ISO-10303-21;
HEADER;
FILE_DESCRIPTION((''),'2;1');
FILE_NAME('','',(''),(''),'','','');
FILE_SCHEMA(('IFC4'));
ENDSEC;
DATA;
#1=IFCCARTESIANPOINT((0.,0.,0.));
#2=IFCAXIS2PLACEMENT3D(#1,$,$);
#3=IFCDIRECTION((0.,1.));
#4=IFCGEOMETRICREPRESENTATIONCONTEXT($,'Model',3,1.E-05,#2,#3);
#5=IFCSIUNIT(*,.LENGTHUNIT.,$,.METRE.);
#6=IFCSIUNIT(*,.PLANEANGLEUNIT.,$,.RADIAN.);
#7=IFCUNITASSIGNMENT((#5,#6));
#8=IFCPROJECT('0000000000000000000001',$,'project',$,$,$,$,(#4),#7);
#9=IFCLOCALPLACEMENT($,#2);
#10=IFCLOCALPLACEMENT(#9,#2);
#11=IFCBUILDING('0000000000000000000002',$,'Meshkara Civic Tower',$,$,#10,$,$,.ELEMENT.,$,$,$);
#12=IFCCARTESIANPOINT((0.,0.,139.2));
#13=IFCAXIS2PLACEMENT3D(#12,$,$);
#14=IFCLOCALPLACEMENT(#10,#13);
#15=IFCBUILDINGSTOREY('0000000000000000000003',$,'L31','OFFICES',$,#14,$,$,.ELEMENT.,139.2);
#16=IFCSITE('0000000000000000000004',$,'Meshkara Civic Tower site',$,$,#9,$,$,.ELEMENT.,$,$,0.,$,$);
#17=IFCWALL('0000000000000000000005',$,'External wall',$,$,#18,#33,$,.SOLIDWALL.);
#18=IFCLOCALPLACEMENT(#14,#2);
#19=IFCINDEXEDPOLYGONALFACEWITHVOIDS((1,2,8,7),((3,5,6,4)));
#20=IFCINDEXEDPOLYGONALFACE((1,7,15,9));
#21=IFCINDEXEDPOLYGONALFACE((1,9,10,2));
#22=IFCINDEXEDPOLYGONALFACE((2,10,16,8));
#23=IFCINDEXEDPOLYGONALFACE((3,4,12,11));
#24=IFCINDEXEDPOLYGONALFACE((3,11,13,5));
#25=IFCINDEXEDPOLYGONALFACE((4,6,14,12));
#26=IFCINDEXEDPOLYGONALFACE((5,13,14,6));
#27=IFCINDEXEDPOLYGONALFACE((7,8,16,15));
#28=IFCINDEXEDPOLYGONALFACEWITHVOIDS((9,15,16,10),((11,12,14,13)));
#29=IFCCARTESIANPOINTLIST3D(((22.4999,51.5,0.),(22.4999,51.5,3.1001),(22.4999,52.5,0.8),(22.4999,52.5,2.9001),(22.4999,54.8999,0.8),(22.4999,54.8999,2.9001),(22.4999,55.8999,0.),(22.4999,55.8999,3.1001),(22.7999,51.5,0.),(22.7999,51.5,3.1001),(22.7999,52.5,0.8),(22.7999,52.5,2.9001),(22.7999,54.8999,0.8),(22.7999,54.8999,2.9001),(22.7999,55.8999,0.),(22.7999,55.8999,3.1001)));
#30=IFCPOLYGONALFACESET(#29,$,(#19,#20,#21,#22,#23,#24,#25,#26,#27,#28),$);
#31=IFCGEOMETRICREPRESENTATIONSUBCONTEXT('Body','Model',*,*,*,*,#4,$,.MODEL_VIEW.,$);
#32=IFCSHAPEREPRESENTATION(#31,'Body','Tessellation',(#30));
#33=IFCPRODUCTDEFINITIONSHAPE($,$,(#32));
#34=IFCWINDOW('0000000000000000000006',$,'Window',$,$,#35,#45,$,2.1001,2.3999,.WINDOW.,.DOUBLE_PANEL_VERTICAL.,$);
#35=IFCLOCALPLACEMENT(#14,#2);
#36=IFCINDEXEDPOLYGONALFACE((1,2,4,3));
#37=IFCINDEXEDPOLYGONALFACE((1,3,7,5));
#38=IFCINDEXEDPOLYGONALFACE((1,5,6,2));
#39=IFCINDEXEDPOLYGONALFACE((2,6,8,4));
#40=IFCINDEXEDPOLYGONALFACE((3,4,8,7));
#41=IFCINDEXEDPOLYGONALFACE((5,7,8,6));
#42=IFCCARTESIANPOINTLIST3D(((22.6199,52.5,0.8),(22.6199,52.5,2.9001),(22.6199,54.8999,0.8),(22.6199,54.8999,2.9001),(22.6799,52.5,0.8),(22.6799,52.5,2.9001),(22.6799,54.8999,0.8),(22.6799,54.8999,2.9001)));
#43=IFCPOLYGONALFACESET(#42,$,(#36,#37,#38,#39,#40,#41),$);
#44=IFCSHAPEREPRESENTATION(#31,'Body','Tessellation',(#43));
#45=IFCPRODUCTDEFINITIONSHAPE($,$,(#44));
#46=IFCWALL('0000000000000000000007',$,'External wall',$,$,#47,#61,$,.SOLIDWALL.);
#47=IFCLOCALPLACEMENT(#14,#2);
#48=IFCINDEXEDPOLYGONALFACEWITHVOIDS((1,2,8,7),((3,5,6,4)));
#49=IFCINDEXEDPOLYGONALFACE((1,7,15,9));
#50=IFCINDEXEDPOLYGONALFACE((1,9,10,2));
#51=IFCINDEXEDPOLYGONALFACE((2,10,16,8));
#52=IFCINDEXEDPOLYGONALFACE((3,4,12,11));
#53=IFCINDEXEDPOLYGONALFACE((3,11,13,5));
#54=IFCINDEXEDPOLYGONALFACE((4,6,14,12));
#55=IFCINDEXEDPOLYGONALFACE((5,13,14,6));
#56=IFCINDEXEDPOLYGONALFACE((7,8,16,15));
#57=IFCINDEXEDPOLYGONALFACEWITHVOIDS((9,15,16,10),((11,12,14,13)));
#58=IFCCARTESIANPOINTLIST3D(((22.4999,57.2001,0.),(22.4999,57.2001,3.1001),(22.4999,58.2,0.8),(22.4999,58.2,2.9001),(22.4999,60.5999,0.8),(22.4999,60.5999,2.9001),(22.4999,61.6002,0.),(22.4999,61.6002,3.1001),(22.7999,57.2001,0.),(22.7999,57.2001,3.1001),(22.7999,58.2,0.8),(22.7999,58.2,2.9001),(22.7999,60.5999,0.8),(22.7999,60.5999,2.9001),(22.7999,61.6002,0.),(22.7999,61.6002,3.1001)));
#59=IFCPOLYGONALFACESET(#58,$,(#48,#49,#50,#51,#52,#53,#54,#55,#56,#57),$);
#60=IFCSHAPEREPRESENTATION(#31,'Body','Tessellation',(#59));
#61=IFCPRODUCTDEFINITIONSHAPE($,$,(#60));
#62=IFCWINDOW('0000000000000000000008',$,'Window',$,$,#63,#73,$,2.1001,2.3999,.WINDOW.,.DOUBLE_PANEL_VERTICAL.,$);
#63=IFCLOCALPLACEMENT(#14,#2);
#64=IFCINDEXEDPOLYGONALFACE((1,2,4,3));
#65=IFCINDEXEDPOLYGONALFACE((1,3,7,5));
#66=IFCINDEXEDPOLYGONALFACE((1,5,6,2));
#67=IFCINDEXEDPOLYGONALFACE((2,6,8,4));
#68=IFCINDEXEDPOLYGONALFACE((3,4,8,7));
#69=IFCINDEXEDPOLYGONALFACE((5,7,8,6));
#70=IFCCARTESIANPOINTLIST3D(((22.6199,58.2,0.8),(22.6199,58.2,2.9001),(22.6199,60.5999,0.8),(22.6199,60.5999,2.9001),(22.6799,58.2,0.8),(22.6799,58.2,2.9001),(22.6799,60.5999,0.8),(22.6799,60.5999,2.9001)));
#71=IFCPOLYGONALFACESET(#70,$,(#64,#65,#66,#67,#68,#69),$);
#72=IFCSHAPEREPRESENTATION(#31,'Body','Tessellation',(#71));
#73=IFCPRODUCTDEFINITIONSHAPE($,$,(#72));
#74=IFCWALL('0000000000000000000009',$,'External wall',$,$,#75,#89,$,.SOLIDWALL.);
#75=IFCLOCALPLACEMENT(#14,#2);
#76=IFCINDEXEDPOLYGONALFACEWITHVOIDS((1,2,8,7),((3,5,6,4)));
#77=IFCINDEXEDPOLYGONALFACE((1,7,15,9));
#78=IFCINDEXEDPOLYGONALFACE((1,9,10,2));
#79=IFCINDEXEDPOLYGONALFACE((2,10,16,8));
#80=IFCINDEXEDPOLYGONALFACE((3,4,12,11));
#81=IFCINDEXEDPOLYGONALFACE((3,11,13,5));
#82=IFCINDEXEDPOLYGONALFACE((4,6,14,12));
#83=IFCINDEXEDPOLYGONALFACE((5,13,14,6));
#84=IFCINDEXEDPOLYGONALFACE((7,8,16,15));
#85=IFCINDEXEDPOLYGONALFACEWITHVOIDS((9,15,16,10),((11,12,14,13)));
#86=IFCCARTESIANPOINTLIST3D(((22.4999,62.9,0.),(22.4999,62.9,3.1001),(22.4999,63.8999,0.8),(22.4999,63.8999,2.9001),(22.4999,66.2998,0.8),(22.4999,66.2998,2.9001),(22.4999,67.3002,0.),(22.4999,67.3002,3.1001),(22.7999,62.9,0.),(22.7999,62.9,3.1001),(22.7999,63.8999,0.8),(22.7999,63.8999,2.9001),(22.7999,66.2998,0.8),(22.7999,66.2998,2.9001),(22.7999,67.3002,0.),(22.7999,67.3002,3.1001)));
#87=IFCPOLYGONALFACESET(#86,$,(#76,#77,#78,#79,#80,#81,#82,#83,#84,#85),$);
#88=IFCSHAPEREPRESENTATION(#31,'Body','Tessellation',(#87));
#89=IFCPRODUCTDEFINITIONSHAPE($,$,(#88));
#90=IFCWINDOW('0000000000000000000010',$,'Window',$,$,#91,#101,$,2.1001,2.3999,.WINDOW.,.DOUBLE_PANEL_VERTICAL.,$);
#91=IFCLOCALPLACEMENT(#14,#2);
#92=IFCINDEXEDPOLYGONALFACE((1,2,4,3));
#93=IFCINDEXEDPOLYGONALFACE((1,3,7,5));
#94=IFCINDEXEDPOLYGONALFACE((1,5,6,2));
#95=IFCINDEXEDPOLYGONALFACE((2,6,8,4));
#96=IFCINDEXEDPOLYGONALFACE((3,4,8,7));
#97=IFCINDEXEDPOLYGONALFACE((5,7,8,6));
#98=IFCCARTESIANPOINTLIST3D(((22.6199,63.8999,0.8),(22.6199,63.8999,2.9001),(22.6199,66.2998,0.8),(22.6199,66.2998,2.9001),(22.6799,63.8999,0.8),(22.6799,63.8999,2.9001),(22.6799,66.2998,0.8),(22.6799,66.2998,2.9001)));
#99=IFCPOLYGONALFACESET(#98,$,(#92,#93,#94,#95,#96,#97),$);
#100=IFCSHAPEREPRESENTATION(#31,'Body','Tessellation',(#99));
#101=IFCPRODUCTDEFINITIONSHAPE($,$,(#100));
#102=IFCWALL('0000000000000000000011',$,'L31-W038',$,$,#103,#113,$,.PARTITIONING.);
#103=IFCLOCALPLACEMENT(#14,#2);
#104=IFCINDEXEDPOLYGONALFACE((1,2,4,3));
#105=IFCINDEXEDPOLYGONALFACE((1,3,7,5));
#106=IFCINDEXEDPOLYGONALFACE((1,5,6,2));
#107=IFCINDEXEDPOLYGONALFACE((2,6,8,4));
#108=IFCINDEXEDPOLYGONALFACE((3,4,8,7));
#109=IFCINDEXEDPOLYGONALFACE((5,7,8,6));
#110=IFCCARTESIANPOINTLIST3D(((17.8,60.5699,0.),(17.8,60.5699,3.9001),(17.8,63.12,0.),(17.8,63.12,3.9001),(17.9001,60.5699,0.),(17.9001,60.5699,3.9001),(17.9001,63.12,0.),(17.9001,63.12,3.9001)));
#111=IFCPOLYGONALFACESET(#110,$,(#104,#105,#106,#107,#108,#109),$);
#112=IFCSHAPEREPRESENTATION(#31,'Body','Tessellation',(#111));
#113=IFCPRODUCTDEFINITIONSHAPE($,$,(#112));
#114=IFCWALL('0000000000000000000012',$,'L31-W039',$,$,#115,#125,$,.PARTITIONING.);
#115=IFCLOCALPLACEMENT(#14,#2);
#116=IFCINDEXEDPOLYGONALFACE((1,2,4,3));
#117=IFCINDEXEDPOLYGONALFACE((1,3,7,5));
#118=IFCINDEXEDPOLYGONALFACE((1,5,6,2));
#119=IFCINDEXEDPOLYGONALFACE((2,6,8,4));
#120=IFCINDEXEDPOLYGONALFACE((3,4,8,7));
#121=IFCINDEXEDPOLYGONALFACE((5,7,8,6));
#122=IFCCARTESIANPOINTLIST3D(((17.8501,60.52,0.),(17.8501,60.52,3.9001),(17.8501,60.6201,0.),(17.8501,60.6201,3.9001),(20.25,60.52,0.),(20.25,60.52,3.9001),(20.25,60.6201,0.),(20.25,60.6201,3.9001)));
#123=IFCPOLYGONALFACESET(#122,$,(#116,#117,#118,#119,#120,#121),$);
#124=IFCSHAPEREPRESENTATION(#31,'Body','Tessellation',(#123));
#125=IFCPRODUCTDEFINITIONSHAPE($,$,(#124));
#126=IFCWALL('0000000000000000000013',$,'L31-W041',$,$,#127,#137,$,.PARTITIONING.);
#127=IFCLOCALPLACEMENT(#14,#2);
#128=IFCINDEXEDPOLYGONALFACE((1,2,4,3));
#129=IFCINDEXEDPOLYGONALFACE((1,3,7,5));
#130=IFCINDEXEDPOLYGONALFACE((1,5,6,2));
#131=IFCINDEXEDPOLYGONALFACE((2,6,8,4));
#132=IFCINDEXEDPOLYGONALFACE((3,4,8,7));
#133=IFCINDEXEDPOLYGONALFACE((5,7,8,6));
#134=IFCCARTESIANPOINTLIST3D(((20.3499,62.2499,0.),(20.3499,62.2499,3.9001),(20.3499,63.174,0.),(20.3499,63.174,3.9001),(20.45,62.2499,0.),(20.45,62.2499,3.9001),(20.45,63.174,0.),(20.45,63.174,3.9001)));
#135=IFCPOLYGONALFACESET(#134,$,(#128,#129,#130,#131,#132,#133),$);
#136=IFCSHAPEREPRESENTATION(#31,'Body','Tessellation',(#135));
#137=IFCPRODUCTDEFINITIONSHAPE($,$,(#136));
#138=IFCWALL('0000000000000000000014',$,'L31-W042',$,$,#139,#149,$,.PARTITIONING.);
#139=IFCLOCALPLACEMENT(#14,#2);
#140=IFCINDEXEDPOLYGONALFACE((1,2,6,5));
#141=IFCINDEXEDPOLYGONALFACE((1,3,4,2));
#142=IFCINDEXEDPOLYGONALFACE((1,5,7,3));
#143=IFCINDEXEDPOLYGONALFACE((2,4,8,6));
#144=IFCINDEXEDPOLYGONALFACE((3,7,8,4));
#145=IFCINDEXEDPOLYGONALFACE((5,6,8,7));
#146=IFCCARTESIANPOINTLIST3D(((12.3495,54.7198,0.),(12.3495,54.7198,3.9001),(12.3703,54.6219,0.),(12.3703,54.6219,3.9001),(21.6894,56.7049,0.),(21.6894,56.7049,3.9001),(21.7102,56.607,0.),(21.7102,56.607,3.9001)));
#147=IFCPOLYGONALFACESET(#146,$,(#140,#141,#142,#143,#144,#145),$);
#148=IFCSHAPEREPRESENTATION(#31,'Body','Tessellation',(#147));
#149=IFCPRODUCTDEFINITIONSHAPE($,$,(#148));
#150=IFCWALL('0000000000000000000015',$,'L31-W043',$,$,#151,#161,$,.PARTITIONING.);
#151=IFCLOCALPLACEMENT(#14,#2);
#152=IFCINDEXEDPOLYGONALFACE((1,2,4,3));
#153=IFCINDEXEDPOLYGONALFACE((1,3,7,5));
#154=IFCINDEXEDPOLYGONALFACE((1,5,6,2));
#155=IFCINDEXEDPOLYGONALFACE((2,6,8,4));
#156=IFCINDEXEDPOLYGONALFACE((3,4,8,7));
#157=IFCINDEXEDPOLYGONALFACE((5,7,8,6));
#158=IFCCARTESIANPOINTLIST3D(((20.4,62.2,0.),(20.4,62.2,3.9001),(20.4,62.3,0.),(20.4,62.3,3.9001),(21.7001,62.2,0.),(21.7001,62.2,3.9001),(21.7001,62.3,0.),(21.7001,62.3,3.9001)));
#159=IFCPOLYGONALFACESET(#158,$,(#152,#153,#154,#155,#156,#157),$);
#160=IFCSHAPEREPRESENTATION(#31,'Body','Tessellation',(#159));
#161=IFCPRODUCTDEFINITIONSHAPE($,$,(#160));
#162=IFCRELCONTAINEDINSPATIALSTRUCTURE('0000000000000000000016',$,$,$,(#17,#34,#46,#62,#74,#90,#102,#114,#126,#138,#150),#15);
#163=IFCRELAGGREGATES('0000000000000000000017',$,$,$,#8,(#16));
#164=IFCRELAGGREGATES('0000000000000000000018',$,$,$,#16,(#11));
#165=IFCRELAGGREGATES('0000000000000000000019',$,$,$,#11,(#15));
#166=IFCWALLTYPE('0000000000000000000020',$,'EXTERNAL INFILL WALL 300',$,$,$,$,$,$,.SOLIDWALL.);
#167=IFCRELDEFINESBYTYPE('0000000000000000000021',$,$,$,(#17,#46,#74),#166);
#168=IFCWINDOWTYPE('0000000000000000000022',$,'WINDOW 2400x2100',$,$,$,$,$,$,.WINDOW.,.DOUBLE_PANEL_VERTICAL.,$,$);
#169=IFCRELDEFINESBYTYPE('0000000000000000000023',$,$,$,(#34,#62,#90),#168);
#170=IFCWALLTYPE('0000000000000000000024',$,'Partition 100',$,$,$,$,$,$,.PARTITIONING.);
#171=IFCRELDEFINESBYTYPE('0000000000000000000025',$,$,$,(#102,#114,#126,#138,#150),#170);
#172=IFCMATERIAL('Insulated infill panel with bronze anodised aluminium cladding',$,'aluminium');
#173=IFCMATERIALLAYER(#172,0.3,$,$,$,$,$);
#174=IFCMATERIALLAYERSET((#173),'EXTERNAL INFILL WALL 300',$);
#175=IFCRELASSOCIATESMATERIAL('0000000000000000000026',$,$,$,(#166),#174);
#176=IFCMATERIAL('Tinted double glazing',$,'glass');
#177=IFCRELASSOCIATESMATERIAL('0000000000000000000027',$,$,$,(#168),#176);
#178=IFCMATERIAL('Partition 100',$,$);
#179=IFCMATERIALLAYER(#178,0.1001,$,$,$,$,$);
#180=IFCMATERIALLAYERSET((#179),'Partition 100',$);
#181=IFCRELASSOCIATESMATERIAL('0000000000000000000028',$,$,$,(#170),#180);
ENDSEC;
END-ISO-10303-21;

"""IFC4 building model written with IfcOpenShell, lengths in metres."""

from ifc_helpers import new_model, si_unit, direction, frame, frame_2d, origin, place, context, subcontext, project, spatial, rectangle, extrude, material, layer, layer_set, type_object, element, fill, save


model = new_model("IFC4")

# Units and contexts
model_context = context("Model", 3, precision=1e-05, world=origin(), true_north=direction((0.0, 1.0)))
body_context = subcontext(model_context, "Body", "Model", "MODEL_VIEW")
ifc_project = project(units=[si_unit("LENGTHUNIT", "METRE"), si_unit("PLANEANGLEUNIT", "RADIAN")], contexts=[model_context])

# Site, building, storey
site_placement = place(None, origin())
site = spatial("IfcSite", under=ifc_project, at=site_placement, Name="Meshkara Civic Tower site", CompositionType="ELEMENT", RefElevation=0.0)
building_placement = place(site_placement, origin())
building = spatial("IfcBuilding", under=site, at=building_placement, Name="Meshkara Civic Tower", CompositionType="ELEMENT")
storey_placement = place(building_placement, frame((0.0, 0.0, 139.2)))
storey = spatial("IfcBuildingStorey", under=building, at=storey_placement, Name="L31", Description="OFFICES", CompositionType="ELEMENT", Elevation=139.2)

# Walls, openings, windows
ifc_material_1 = material(Name="Insulated infill panel with bronze anodised aluminium cladding", Category="aluminium")
ifc_layer_1 = layer(ifc_material_1, 0.3)
ifc_layer_set_1 = layer_set([ifc_layer_1], Name="EXTERNAL INFILL WALL 300")
wall_type_1 = type_object("IfcWallType", Name="EXTERNAL INFILL WALL 300", PredefinedType="SOLIDWALL", material=ifc_layer_set_1)
ifc_material_2 = material(Name="Tinted double glazing", Category="glass")
window_type = type_object("IfcWindowType", Name="WINDOW 2400x2100", PartitioningType="DOUBLE_PANEL_VERTICAL", PredefinedType="WINDOW", material=ifc_material_2)
wall_1_placement = place(storey_placement, frame((22.6499, 51.5, 0.0), z_axis=(0.0, 0.0, 1.0), x_axis=(0.0, 1.0, 0.0)))
wall_1 = element("IfcWall", 1, at=wall_1_placement, inside=storey, type_object=wall_type_1, Name="External wall", PredefinedType="SOLIDWALL", context=body_context, shape_type="SweptSolid", body=[
    extrude(rectangle(XDim=4.3999, YDim=0.3, at=frame_2d((2.2, 0.0))), origin(), (0.0, 0.0, 1.0), 3.1001),
])
opening_1_placement = place(wall_1_placement, frame((1.0, 0.0, 0.8)))
opening_1 = element("IfcOpeningElement", 2, at=opening_1_placement, cuts=wall_1, PredefinedType="OPENING", context=body_context, shape_type="SweptSolid", body=[
    extrude(rectangle(XDim=2.3999, YDim=2.1001, at=frame_2d((1.2, 1.05))), frame((0.0, 0.1599, 0.0), z_axis=(0.0, -1.0, 0.0), x_axis=(1.0, 0.0, 0.0)), (0.0, 0.0, 1.0), 0.3201),
])
window_1_placement = place(opening_1_placement, origin())
window_1 = element("IfcWindow", 3, at=window_1_placement, inside=storey, type_object=window_type, Name="Window", OverallHeight=2.1001, OverallWidth=2.3999, PartitioningType="DOUBLE_PANEL_VERTICAL", PredefinedType="WINDOW", context=body_context, shape_type="SweptSolid", body=[
    extrude(rectangle(XDim=2.3999, YDim=2.1001, at=frame_2d((1.2, 1.05))), frame((0.0, 0.03, 0.0), z_axis=(0.0, -1.0, 0.0), x_axis=(1.0, 0.0, 0.0)), (0.0, 0.0, 1.0), 0.0601),
])
fill(opening_1, window_1)
wall_2_placement = place(storey_placement, frame((22.6499, 57.2, 0.0), z_axis=(0.0, 0.0, 1.0), x_axis=(0.0, 1.0, 0.0)))
wall_2 = element("IfcWall", 4, at=wall_2_placement, inside=storey, type_object=wall_type_1, Name="External wall", PredefinedType="SOLIDWALL", context=body_context, shape_type="SweptSolid", body=[
    extrude(rectangle(XDim=4.4001, YDim=0.3, at=frame_2d((2.2002, 0.0))), origin(), (0.0, 0.0, 1.0), 3.1001),
])
opening_2_placement = place(wall_2_placement, frame((1.0, 0.0, 0.8)))
opening_2 = element("IfcOpeningElement", 5, at=opening_2_placement, cuts=wall_2, PredefinedType="OPENING", context=body_context, shape_type="SweptSolid", body=[
    extrude(rectangle(XDim=2.3999, YDim=2.1001, at=frame_2d((1.2, 1.05))), frame((0.0, 0.1599, 0.0), z_axis=(0.0, -1.0, 0.0), x_axis=(1.0, 0.0, 0.0)), (0.0, 0.0, 1.0), 0.3201),
])
window_2_placement = place(opening_2_placement, origin())
window_2 = element("IfcWindow", 6, at=window_2_placement, inside=storey, type_object=window_type, Name="Window", OverallHeight=2.1001, OverallWidth=2.3999, PartitioningType="DOUBLE_PANEL_VERTICAL", PredefinedType="WINDOW", context=body_context, shape_type="SweptSolid", body=[
    extrude(rectangle(XDim=2.3999, YDim=2.1001, at=frame_2d((1.2, 1.05))), frame((0.0, 0.03, 0.0), z_axis=(0.0, -1.0, 0.0), x_axis=(1.0, 0.0, 0.0)), (0.0, 0.0, 1.0), 0.0601),
])
fill(opening_2, window_2)
wall_3_placement = place(storey_placement, frame((22.6499, 62.8999, 0.0), z_axis=(0.0, 0.0, 1.0), x_axis=(0.0, 1.0, 0.0)))
wall_3 = element("IfcWall", 7, at=wall_3_placement, inside=storey, type_object=wall_type_1, Name="External wall", PredefinedType="SOLIDWALL", context=body_context, shape_type="SweptSolid", body=[
    extrude(rectangle(XDim=4.4001, YDim=0.3, at=frame_2d((2.2002, 0.0))), origin(), (0.0, 0.0, 1.0), 3.1001),
])
opening_3_placement = place(wall_3_placement, frame((1.0, 0.0, 0.8)))
opening_3 = element("IfcOpeningElement", 8, at=opening_3_placement, cuts=wall_3, PredefinedType="OPENING", context=body_context, shape_type="SweptSolid", body=[
    extrude(rectangle(XDim=2.3999, YDim=2.1001, at=frame_2d((1.2, 1.05))), frame((0.0, 0.1599, 0.0), z_axis=(0.0, -1.0, 0.0), x_axis=(1.0, 0.0, 0.0)), (0.0, 0.0, 1.0), 0.3201),
])
window_3_placement = place(opening_3_placement, origin())
window_3 = element("IfcWindow", 9, at=window_3_placement, inside=storey, type_object=window_type, Name="Window", OverallHeight=2.1001, OverallWidth=2.3999, PartitioningType="DOUBLE_PANEL_VERTICAL", PredefinedType="WINDOW", context=body_context, shape_type="SweptSolid", body=[
    extrude(rectangle(XDim=2.3999, YDim=2.1001, at=frame_2d((1.2, 1.05))), frame((0.0, 0.03, 0.0), z_axis=(0.0, -1.0, 0.0), x_axis=(1.0, 0.0, 0.0)), (0.0, 0.0, 1.0), 0.0601),
])
fill(opening_3, window_3)

# Walls
ifc_material_3 = material(Name="Partition 100")
ifc_layer_2 = layer(ifc_material_3, 0.1001)
ifc_layer_set_2 = layer_set([ifc_layer_2], Name="Partition 100")
wall_type_2 = type_object("IfcWallType", Name="Partition 100", PredefinedType="PARTITIONING", material=ifc_layer_set_2)
wall_4_placement = place(storey_placement, frame((17.8501, 60.5701, 0.0), z_axis=(0.0, 0.0, 1.0), x_axis=(0.0, 1.0, 0.0)))
element("IfcWall", 10, at=wall_4_placement, inside=storey, type_object=wall_type_2, Name="L31-W038", PredefinedType="PARTITIONING", context=body_context, shape_type="SweptSolid", body=[
    extrude(rectangle(XDim=2.55, YDim=0.1001, at=frame_2d((1.2749, 0.0))), origin(), (0.0, 0.0, 1.0), 3.9001),
])
wall_5_placement = place(storey_placement, frame((20.25, 60.5701, 0.0), z_axis=(0.0, 0.0, 1.0), x_axis=(-1.0, 0.0, 0.0)))
element("IfcWall", 11, at=wall_5_placement, inside=storey, type_object=wall_type_2, Name="L31-W039", PredefinedType="PARTITIONING", context=body_context, shape_type="SweptSolid", body=[
    extrude(rectangle(XDim=2.3999, YDim=0.1001, at=frame_2d((1.2, 0.0))), origin(), (0.0, 0.0, 1.0), 3.9001),
])
wall_6_placement = place(storey_placement, frame((20.3999, 62.25, 0.0), z_axis=(0.0, 0.0, 1.0), x_axis=(0.0, 1.0, 0.0)))
element("IfcWall", 12, at=wall_6_placement, inside=storey, type_object=wall_type_2, Name="L31-W041", PredefinedType="PARTITIONING", context=body_context, shape_type="SweptSolid", body=[
    extrude(rectangle(XDim=0.9241, YDim=0.1001, at=frame_2d((0.4619, 0.0))), origin(), (0.0, 0.0, 1.0), 3.9001),
])
wall_7_placement = place(storey_placement, frame((21.7, 56.656, 0.0), z_axis=(0.0, 0.0, 1.0), x_axis=(-0.978151, -0.207898, 0.0)))
element("IfcWall", 13, at=wall_7_placement, inside=storey, type_object=wall_type_2, Name="L31-W042", PredefinedType="PARTITIONING", context=body_context, shape_type="SweptSolid", body=[
    extrude(rectangle(XDim=9.5486, YDim=0.1001, at=frame_2d((4.7744, 0.0))), origin(), (0.0, 0.0, 1.0), 3.9001),
])
wall_8_placement = place(storey_placement, frame((21.7, 62.25, 0.0), z_axis=(0.0, 0.0, 1.0), x_axis=(-1.0, 0.0, 0.0)))
element("IfcWall", 14, at=wall_8_placement, inside=storey, type_object=wall_type_2, Name="L31-W043", PredefinedType="PARTITIONING", context=body_context, shape_type="SweptSolid", body=[
    extrude(rectangle(XDim=1.3, YDim=0.1001, at=frame_2d((0.6499, 0.0))), origin(), (0.0, 0.0, 1.0), 3.9001),
])

save(model, "model.ifc")
